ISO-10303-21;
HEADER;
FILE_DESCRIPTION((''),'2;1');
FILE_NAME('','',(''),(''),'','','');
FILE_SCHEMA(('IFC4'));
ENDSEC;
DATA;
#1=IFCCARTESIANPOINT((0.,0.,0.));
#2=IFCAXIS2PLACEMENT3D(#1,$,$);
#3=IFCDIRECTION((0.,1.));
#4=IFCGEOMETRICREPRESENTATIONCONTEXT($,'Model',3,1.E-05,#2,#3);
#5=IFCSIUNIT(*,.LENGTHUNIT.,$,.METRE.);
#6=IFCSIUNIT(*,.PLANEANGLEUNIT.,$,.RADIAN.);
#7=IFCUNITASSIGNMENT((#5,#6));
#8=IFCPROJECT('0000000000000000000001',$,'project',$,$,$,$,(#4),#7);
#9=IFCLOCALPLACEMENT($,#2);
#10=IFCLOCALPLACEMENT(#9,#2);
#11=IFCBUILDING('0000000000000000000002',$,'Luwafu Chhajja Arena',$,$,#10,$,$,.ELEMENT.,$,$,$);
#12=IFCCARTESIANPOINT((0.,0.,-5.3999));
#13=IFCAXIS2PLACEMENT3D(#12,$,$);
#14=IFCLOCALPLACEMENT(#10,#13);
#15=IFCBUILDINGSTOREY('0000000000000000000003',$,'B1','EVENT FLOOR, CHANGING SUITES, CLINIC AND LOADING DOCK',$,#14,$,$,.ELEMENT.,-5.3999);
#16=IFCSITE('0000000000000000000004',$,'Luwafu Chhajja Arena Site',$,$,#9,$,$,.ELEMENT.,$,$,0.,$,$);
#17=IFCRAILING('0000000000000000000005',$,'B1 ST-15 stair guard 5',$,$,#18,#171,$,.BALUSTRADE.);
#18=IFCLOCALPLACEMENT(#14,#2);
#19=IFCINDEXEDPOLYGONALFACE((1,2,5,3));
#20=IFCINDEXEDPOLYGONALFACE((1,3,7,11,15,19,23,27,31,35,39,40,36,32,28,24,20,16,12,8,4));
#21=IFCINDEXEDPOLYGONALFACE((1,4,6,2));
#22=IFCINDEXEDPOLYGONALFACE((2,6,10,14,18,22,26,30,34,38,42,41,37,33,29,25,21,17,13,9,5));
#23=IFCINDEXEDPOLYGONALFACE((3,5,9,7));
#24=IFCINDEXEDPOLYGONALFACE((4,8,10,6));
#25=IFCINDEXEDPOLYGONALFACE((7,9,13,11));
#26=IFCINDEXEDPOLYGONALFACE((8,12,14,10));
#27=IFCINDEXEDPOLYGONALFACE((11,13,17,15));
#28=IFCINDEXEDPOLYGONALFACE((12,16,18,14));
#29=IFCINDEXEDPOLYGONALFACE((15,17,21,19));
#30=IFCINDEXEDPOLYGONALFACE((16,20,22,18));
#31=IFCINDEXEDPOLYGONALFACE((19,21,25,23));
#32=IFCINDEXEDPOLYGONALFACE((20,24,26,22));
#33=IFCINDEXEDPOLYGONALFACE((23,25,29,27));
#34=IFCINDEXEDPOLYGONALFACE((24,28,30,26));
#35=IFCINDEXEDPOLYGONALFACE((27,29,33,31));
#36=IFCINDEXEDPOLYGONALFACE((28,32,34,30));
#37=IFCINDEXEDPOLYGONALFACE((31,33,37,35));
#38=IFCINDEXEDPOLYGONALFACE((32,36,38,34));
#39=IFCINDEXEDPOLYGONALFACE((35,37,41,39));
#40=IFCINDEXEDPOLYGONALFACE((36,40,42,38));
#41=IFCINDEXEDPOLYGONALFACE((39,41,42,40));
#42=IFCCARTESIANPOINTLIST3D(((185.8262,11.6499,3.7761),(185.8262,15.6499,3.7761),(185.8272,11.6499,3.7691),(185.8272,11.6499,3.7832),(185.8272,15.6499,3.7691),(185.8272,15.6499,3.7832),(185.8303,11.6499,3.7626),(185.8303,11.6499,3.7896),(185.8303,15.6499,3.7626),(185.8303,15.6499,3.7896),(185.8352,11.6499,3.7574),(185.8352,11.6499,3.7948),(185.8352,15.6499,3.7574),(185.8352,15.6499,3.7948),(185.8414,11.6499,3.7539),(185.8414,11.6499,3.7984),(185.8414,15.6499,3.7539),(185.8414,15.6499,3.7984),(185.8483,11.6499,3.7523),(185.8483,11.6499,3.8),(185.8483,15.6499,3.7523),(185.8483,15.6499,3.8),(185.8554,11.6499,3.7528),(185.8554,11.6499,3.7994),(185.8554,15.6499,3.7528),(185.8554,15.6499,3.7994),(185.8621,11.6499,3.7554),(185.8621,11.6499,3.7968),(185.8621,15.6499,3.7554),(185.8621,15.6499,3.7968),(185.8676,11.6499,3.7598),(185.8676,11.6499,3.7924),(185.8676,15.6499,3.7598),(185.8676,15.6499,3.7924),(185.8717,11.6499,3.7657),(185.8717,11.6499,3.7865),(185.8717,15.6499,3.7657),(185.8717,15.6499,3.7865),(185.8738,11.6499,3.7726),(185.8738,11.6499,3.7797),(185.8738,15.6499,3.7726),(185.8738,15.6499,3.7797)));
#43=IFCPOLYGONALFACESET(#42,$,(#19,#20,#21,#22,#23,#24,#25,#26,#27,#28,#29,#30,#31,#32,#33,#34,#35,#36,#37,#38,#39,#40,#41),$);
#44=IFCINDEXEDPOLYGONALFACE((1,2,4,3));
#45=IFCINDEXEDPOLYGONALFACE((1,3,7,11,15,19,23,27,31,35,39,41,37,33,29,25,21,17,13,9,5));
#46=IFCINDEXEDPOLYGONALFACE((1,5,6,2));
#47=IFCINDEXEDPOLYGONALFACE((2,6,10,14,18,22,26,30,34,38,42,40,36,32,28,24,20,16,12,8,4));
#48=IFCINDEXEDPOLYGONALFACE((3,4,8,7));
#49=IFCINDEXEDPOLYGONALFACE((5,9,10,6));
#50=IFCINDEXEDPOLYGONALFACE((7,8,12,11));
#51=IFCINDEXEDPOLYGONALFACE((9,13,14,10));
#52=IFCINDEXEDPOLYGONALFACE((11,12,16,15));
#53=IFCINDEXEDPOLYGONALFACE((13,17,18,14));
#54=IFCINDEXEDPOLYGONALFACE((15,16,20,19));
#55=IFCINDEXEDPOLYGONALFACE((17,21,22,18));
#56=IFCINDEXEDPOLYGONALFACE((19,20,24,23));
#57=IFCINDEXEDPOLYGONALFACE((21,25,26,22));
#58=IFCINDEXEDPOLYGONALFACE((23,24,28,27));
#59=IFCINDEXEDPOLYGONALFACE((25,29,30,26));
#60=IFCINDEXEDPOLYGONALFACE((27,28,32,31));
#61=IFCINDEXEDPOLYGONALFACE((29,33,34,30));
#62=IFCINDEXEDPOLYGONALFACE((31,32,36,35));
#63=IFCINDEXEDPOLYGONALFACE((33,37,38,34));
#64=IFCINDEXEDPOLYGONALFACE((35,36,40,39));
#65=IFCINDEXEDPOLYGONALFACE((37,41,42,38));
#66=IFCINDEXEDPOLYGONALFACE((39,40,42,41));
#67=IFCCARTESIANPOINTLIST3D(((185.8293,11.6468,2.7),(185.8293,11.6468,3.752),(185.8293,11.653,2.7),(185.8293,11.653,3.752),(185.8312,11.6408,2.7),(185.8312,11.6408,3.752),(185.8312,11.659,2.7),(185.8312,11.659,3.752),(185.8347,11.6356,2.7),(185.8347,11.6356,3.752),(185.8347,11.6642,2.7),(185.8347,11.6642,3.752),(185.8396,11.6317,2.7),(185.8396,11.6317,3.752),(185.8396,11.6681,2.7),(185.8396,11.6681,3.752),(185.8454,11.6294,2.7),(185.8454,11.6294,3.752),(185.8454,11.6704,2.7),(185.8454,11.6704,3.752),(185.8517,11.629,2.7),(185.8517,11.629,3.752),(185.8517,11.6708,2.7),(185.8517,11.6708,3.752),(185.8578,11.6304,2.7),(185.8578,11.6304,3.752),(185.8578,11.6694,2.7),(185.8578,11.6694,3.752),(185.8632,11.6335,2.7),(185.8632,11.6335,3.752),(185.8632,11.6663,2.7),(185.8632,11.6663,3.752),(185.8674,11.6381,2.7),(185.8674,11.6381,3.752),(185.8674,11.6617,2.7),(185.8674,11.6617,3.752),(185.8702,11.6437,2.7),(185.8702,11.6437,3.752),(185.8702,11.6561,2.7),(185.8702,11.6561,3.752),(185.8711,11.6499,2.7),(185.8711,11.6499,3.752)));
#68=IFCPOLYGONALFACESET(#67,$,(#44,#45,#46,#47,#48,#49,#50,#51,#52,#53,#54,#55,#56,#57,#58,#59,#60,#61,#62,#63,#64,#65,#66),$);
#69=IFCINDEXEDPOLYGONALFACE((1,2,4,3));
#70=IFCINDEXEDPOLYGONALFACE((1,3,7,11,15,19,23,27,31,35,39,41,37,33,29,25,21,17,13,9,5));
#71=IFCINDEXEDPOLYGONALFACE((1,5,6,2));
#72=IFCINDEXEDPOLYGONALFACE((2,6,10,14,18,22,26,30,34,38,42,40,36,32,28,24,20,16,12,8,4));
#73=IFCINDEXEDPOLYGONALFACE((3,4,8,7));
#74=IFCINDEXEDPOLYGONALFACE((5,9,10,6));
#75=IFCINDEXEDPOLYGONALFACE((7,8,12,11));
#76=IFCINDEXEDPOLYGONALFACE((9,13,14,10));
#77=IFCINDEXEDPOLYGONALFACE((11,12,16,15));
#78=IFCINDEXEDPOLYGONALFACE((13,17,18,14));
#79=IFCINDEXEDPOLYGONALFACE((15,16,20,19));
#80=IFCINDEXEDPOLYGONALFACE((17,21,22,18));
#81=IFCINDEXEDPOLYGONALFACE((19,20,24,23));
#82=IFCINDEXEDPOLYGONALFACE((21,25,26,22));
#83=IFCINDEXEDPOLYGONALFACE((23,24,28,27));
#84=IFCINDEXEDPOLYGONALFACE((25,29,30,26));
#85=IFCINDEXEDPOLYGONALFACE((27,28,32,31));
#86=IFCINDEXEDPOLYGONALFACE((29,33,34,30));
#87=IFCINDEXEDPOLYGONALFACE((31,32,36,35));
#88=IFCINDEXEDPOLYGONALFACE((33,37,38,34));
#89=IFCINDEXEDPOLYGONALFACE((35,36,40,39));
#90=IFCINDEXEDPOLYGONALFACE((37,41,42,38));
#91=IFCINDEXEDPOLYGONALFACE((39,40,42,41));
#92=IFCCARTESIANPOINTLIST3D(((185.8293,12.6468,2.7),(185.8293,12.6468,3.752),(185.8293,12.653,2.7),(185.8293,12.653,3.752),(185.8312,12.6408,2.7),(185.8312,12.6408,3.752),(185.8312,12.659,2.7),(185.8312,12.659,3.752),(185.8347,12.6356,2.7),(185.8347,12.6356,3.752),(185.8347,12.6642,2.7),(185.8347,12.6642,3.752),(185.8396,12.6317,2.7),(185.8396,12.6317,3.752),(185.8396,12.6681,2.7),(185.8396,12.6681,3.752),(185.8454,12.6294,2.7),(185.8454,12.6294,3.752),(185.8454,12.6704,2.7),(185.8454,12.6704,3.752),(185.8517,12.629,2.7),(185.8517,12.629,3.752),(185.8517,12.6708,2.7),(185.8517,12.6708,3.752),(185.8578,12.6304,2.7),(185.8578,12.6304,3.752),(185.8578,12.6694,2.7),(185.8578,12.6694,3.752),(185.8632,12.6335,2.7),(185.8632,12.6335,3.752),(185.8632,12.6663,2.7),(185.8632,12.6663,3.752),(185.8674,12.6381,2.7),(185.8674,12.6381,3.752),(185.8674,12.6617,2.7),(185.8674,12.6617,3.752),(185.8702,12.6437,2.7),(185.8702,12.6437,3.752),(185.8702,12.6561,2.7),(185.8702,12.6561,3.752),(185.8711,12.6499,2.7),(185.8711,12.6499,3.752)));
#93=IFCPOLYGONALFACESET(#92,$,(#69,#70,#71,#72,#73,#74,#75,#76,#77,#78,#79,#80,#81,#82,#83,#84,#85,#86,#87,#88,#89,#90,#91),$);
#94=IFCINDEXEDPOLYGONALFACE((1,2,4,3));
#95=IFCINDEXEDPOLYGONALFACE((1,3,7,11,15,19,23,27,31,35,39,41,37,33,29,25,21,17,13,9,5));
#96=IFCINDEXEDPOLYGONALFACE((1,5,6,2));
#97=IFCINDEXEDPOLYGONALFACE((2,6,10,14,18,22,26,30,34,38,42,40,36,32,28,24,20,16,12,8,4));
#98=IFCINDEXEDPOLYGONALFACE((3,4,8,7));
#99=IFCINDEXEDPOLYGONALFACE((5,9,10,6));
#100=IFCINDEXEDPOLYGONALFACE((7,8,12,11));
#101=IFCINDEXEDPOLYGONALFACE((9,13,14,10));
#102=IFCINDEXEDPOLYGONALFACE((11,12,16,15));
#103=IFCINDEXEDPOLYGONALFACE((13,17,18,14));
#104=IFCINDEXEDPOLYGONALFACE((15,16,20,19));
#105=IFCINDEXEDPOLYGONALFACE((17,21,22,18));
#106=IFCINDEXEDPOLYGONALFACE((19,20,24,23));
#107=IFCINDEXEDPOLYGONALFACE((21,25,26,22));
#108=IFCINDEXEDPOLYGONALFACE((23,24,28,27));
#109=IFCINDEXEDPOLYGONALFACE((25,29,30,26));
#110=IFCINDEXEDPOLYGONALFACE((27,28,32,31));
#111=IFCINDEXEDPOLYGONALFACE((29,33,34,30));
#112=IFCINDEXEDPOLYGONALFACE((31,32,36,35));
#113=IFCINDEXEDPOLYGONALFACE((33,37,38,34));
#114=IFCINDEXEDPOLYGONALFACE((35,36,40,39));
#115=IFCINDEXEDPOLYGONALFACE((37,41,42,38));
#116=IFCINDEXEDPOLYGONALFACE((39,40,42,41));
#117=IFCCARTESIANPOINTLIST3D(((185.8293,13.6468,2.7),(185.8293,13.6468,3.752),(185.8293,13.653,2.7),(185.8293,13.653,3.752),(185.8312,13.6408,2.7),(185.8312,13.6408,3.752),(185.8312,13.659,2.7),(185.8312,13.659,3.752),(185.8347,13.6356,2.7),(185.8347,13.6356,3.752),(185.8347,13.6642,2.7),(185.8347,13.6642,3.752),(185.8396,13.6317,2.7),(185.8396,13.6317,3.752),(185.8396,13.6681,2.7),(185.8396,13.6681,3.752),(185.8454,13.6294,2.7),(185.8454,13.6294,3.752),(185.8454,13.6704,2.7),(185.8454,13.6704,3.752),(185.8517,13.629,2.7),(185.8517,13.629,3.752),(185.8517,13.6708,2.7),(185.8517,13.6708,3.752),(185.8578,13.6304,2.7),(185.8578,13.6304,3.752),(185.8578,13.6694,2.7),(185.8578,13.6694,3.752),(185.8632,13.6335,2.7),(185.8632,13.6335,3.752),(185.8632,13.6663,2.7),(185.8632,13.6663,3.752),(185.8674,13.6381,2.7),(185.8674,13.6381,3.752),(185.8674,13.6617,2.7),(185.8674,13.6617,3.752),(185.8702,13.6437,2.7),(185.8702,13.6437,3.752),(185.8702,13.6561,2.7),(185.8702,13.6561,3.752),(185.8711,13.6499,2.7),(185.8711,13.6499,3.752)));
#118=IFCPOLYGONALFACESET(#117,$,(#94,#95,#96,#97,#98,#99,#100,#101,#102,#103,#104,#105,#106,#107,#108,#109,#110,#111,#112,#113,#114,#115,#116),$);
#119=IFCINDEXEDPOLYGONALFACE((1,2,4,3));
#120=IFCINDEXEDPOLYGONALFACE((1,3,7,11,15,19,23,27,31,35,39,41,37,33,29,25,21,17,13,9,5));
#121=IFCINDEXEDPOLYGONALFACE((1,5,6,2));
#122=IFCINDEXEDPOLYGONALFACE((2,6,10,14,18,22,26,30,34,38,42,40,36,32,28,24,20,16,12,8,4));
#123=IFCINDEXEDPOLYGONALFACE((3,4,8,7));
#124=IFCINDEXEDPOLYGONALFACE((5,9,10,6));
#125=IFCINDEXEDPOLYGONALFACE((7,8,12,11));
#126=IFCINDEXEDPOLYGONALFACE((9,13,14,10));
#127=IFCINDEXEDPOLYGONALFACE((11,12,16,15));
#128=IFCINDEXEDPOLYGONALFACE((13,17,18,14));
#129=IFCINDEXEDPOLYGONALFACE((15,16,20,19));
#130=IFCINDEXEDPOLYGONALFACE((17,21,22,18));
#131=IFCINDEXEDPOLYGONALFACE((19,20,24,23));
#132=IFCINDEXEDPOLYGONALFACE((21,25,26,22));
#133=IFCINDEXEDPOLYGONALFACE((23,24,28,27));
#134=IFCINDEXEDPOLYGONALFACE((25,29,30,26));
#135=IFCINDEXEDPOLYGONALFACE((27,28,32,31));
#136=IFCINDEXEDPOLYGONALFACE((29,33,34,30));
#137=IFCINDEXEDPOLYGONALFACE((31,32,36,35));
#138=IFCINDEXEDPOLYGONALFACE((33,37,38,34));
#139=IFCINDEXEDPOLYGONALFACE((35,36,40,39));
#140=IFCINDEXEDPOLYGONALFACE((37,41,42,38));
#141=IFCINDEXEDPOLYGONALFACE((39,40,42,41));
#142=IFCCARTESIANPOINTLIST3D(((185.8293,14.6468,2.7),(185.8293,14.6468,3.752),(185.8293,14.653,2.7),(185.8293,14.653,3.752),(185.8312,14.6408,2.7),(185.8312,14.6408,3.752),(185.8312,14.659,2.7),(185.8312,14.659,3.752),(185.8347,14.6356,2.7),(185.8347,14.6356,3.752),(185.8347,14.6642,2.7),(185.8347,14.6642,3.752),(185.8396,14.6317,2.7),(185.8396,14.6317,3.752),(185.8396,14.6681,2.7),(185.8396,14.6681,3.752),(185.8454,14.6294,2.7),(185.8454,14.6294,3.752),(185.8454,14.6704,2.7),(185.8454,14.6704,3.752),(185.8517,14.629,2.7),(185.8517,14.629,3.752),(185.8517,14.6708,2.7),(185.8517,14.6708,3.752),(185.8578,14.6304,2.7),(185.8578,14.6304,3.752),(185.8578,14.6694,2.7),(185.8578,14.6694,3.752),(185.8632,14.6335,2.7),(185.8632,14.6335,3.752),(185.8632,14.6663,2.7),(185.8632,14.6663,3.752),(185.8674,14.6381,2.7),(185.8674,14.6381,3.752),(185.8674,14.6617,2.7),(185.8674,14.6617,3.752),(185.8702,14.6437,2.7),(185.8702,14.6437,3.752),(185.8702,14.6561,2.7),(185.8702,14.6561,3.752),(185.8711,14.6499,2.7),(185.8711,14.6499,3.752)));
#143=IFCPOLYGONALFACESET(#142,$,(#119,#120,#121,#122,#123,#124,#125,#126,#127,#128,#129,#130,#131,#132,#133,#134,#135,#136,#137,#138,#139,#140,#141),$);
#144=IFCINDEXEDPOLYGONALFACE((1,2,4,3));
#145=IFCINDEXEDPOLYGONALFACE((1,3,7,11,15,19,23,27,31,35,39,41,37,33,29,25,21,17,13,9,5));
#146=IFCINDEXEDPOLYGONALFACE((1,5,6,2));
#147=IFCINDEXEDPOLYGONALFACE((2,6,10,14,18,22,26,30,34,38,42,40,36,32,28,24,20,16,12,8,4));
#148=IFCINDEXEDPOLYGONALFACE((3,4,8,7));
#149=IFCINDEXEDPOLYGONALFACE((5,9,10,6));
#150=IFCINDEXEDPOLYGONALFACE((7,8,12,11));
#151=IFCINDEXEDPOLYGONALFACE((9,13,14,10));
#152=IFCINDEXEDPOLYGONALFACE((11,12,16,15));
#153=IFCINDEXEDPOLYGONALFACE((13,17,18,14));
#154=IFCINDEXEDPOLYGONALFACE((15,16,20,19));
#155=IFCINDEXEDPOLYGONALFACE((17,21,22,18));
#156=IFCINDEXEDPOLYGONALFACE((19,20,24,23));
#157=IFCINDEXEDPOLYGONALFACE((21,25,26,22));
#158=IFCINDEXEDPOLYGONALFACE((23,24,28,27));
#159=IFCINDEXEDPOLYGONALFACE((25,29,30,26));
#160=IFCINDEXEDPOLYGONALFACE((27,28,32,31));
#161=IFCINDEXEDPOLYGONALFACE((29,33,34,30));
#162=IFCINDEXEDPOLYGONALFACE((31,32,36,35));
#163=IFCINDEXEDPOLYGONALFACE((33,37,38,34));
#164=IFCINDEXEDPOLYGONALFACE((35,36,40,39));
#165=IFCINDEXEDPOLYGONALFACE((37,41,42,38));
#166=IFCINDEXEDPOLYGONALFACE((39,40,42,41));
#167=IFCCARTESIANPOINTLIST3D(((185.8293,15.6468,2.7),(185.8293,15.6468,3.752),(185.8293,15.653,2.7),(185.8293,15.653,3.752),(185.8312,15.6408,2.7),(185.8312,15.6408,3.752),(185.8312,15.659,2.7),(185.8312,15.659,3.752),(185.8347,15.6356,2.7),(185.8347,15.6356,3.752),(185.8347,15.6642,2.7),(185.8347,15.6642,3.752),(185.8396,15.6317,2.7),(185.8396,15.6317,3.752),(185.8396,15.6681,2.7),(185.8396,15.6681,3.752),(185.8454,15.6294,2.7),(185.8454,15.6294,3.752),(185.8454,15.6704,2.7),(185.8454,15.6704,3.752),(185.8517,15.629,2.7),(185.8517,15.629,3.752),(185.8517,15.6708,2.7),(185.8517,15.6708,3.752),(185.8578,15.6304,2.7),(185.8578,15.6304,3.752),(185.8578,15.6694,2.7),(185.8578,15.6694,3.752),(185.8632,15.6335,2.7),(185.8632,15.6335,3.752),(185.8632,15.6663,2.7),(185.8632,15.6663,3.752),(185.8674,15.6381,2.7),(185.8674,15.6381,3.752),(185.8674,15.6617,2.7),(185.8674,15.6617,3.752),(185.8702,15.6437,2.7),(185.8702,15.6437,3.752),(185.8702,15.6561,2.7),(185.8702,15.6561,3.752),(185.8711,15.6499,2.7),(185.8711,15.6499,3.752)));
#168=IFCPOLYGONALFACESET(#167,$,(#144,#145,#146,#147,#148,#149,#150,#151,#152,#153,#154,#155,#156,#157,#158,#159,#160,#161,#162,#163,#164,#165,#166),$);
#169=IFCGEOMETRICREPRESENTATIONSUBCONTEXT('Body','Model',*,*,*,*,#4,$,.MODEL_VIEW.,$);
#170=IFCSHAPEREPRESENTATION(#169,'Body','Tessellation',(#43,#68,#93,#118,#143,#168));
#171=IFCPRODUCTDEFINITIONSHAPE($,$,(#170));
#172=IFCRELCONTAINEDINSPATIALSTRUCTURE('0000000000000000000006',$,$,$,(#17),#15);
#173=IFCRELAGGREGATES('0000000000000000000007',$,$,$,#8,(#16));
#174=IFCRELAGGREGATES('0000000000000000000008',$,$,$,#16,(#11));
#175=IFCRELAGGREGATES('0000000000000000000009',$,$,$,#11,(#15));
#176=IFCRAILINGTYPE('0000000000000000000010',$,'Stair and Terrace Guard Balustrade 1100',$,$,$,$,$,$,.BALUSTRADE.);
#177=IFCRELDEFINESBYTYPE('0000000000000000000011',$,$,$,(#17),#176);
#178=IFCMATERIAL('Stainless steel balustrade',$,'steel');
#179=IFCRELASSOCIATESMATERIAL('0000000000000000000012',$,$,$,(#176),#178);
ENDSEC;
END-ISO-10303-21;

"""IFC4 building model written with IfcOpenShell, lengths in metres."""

from ifc_helpers import new_model, si_unit, direction, frame, origin, origin_2d, place, context, subcontext, project, spatial, circle, extrude, material, type_object, element, save


model = new_model("IFC4")

# Units and contexts
model_context = context("Model", 3, precision=1e-05, world=origin(), true_north=direction((0.0, 1.0)))
body_context = subcontext(model_context, "Body", "Model", "MODEL_VIEW")
ifc_project = project(units=[si_unit("LENGTHUNIT", "METRE"), si_unit("PLANEANGLEUNIT", "RADIAN")], contexts=[model_context])

# Site, building, storey
site_placement = place(None, origin())
site = spatial("IfcSite", under=ifc_project, at=site_placement, Name="Luwafu Chhajja Arena Site", CompositionType="ELEMENT", RefElevation=0.0)
building_placement = place(site_placement, origin())
building = spatial("IfcBuilding", under=site, at=building_placement, Name="Luwafu Chhajja Arena", CompositionType="ELEMENT")
storey_placement = place(building_placement, frame((0.0, 0.0, -5.3999)))
storey = spatial("IfcBuildingStorey", under=building, at=storey_placement, Name="B1", Description="EVENT FLOOR, CHANGING SUITES, CLINIC AND LOADING DOCK", CompositionType="ELEMENT", Elevation=-5.3999)

# Railing
ifc_material_1 = material(Name="Stainless steel balustrade", Category="steel")
railing_type_1 = type_object("IfcRailingType", Name="Stair and Terrace Guard Balustrade 1100", PredefinedType="BALUSTRADE", material=ifc_material_1)
railing_1_placement = place(storey_placement, frame((185.8501, 11.6499, 2.7)))
element("IfcRailing", 1, at=railing_1_placement, inside=storey, type_object=railing_type_1, Name="B1 ST-15 stair guard 5", PredefinedType="BALUSTRADE", context=body_context, shape_type="SweptSolid", body=[
    extrude(circle(Radius=0.0239, at=origin_2d()), frame((0.0, 0.0, 1.0762), z_axis=(0.0, 1.0, 0.0), x_axis=(-1.0, 0.0, 0.0)), (0.0, 0.0, 1.0), 4.0),
    extrude(circle(Radius=0.021, at=origin_2d()), origin(), (0.0, 0.0, 1.0), 1.052),
    extrude(circle(Radius=0.021, at=origin_2d()), frame((0.0, 1.0, 0.0)), (0.0, 0.0, 1.0), 1.052),
    extrude(circle(Radius=0.021, at=origin_2d()), frame((0.0, 2.0, 0.0)), (0.0, 0.0, 1.0), 1.052),
    extrude(circle(Radius=0.021, at=origin_2d()), frame((0.0, 3.0, 0.0)), (0.0, 0.0, 1.0), 1.052),
    extrude(circle(Radius=0.021, at=origin_2d()), frame((0.0, 4.0, 0.0)), (0.0, 0.0, 1.0), 1.052),
])

save(model, "model.ifc")
